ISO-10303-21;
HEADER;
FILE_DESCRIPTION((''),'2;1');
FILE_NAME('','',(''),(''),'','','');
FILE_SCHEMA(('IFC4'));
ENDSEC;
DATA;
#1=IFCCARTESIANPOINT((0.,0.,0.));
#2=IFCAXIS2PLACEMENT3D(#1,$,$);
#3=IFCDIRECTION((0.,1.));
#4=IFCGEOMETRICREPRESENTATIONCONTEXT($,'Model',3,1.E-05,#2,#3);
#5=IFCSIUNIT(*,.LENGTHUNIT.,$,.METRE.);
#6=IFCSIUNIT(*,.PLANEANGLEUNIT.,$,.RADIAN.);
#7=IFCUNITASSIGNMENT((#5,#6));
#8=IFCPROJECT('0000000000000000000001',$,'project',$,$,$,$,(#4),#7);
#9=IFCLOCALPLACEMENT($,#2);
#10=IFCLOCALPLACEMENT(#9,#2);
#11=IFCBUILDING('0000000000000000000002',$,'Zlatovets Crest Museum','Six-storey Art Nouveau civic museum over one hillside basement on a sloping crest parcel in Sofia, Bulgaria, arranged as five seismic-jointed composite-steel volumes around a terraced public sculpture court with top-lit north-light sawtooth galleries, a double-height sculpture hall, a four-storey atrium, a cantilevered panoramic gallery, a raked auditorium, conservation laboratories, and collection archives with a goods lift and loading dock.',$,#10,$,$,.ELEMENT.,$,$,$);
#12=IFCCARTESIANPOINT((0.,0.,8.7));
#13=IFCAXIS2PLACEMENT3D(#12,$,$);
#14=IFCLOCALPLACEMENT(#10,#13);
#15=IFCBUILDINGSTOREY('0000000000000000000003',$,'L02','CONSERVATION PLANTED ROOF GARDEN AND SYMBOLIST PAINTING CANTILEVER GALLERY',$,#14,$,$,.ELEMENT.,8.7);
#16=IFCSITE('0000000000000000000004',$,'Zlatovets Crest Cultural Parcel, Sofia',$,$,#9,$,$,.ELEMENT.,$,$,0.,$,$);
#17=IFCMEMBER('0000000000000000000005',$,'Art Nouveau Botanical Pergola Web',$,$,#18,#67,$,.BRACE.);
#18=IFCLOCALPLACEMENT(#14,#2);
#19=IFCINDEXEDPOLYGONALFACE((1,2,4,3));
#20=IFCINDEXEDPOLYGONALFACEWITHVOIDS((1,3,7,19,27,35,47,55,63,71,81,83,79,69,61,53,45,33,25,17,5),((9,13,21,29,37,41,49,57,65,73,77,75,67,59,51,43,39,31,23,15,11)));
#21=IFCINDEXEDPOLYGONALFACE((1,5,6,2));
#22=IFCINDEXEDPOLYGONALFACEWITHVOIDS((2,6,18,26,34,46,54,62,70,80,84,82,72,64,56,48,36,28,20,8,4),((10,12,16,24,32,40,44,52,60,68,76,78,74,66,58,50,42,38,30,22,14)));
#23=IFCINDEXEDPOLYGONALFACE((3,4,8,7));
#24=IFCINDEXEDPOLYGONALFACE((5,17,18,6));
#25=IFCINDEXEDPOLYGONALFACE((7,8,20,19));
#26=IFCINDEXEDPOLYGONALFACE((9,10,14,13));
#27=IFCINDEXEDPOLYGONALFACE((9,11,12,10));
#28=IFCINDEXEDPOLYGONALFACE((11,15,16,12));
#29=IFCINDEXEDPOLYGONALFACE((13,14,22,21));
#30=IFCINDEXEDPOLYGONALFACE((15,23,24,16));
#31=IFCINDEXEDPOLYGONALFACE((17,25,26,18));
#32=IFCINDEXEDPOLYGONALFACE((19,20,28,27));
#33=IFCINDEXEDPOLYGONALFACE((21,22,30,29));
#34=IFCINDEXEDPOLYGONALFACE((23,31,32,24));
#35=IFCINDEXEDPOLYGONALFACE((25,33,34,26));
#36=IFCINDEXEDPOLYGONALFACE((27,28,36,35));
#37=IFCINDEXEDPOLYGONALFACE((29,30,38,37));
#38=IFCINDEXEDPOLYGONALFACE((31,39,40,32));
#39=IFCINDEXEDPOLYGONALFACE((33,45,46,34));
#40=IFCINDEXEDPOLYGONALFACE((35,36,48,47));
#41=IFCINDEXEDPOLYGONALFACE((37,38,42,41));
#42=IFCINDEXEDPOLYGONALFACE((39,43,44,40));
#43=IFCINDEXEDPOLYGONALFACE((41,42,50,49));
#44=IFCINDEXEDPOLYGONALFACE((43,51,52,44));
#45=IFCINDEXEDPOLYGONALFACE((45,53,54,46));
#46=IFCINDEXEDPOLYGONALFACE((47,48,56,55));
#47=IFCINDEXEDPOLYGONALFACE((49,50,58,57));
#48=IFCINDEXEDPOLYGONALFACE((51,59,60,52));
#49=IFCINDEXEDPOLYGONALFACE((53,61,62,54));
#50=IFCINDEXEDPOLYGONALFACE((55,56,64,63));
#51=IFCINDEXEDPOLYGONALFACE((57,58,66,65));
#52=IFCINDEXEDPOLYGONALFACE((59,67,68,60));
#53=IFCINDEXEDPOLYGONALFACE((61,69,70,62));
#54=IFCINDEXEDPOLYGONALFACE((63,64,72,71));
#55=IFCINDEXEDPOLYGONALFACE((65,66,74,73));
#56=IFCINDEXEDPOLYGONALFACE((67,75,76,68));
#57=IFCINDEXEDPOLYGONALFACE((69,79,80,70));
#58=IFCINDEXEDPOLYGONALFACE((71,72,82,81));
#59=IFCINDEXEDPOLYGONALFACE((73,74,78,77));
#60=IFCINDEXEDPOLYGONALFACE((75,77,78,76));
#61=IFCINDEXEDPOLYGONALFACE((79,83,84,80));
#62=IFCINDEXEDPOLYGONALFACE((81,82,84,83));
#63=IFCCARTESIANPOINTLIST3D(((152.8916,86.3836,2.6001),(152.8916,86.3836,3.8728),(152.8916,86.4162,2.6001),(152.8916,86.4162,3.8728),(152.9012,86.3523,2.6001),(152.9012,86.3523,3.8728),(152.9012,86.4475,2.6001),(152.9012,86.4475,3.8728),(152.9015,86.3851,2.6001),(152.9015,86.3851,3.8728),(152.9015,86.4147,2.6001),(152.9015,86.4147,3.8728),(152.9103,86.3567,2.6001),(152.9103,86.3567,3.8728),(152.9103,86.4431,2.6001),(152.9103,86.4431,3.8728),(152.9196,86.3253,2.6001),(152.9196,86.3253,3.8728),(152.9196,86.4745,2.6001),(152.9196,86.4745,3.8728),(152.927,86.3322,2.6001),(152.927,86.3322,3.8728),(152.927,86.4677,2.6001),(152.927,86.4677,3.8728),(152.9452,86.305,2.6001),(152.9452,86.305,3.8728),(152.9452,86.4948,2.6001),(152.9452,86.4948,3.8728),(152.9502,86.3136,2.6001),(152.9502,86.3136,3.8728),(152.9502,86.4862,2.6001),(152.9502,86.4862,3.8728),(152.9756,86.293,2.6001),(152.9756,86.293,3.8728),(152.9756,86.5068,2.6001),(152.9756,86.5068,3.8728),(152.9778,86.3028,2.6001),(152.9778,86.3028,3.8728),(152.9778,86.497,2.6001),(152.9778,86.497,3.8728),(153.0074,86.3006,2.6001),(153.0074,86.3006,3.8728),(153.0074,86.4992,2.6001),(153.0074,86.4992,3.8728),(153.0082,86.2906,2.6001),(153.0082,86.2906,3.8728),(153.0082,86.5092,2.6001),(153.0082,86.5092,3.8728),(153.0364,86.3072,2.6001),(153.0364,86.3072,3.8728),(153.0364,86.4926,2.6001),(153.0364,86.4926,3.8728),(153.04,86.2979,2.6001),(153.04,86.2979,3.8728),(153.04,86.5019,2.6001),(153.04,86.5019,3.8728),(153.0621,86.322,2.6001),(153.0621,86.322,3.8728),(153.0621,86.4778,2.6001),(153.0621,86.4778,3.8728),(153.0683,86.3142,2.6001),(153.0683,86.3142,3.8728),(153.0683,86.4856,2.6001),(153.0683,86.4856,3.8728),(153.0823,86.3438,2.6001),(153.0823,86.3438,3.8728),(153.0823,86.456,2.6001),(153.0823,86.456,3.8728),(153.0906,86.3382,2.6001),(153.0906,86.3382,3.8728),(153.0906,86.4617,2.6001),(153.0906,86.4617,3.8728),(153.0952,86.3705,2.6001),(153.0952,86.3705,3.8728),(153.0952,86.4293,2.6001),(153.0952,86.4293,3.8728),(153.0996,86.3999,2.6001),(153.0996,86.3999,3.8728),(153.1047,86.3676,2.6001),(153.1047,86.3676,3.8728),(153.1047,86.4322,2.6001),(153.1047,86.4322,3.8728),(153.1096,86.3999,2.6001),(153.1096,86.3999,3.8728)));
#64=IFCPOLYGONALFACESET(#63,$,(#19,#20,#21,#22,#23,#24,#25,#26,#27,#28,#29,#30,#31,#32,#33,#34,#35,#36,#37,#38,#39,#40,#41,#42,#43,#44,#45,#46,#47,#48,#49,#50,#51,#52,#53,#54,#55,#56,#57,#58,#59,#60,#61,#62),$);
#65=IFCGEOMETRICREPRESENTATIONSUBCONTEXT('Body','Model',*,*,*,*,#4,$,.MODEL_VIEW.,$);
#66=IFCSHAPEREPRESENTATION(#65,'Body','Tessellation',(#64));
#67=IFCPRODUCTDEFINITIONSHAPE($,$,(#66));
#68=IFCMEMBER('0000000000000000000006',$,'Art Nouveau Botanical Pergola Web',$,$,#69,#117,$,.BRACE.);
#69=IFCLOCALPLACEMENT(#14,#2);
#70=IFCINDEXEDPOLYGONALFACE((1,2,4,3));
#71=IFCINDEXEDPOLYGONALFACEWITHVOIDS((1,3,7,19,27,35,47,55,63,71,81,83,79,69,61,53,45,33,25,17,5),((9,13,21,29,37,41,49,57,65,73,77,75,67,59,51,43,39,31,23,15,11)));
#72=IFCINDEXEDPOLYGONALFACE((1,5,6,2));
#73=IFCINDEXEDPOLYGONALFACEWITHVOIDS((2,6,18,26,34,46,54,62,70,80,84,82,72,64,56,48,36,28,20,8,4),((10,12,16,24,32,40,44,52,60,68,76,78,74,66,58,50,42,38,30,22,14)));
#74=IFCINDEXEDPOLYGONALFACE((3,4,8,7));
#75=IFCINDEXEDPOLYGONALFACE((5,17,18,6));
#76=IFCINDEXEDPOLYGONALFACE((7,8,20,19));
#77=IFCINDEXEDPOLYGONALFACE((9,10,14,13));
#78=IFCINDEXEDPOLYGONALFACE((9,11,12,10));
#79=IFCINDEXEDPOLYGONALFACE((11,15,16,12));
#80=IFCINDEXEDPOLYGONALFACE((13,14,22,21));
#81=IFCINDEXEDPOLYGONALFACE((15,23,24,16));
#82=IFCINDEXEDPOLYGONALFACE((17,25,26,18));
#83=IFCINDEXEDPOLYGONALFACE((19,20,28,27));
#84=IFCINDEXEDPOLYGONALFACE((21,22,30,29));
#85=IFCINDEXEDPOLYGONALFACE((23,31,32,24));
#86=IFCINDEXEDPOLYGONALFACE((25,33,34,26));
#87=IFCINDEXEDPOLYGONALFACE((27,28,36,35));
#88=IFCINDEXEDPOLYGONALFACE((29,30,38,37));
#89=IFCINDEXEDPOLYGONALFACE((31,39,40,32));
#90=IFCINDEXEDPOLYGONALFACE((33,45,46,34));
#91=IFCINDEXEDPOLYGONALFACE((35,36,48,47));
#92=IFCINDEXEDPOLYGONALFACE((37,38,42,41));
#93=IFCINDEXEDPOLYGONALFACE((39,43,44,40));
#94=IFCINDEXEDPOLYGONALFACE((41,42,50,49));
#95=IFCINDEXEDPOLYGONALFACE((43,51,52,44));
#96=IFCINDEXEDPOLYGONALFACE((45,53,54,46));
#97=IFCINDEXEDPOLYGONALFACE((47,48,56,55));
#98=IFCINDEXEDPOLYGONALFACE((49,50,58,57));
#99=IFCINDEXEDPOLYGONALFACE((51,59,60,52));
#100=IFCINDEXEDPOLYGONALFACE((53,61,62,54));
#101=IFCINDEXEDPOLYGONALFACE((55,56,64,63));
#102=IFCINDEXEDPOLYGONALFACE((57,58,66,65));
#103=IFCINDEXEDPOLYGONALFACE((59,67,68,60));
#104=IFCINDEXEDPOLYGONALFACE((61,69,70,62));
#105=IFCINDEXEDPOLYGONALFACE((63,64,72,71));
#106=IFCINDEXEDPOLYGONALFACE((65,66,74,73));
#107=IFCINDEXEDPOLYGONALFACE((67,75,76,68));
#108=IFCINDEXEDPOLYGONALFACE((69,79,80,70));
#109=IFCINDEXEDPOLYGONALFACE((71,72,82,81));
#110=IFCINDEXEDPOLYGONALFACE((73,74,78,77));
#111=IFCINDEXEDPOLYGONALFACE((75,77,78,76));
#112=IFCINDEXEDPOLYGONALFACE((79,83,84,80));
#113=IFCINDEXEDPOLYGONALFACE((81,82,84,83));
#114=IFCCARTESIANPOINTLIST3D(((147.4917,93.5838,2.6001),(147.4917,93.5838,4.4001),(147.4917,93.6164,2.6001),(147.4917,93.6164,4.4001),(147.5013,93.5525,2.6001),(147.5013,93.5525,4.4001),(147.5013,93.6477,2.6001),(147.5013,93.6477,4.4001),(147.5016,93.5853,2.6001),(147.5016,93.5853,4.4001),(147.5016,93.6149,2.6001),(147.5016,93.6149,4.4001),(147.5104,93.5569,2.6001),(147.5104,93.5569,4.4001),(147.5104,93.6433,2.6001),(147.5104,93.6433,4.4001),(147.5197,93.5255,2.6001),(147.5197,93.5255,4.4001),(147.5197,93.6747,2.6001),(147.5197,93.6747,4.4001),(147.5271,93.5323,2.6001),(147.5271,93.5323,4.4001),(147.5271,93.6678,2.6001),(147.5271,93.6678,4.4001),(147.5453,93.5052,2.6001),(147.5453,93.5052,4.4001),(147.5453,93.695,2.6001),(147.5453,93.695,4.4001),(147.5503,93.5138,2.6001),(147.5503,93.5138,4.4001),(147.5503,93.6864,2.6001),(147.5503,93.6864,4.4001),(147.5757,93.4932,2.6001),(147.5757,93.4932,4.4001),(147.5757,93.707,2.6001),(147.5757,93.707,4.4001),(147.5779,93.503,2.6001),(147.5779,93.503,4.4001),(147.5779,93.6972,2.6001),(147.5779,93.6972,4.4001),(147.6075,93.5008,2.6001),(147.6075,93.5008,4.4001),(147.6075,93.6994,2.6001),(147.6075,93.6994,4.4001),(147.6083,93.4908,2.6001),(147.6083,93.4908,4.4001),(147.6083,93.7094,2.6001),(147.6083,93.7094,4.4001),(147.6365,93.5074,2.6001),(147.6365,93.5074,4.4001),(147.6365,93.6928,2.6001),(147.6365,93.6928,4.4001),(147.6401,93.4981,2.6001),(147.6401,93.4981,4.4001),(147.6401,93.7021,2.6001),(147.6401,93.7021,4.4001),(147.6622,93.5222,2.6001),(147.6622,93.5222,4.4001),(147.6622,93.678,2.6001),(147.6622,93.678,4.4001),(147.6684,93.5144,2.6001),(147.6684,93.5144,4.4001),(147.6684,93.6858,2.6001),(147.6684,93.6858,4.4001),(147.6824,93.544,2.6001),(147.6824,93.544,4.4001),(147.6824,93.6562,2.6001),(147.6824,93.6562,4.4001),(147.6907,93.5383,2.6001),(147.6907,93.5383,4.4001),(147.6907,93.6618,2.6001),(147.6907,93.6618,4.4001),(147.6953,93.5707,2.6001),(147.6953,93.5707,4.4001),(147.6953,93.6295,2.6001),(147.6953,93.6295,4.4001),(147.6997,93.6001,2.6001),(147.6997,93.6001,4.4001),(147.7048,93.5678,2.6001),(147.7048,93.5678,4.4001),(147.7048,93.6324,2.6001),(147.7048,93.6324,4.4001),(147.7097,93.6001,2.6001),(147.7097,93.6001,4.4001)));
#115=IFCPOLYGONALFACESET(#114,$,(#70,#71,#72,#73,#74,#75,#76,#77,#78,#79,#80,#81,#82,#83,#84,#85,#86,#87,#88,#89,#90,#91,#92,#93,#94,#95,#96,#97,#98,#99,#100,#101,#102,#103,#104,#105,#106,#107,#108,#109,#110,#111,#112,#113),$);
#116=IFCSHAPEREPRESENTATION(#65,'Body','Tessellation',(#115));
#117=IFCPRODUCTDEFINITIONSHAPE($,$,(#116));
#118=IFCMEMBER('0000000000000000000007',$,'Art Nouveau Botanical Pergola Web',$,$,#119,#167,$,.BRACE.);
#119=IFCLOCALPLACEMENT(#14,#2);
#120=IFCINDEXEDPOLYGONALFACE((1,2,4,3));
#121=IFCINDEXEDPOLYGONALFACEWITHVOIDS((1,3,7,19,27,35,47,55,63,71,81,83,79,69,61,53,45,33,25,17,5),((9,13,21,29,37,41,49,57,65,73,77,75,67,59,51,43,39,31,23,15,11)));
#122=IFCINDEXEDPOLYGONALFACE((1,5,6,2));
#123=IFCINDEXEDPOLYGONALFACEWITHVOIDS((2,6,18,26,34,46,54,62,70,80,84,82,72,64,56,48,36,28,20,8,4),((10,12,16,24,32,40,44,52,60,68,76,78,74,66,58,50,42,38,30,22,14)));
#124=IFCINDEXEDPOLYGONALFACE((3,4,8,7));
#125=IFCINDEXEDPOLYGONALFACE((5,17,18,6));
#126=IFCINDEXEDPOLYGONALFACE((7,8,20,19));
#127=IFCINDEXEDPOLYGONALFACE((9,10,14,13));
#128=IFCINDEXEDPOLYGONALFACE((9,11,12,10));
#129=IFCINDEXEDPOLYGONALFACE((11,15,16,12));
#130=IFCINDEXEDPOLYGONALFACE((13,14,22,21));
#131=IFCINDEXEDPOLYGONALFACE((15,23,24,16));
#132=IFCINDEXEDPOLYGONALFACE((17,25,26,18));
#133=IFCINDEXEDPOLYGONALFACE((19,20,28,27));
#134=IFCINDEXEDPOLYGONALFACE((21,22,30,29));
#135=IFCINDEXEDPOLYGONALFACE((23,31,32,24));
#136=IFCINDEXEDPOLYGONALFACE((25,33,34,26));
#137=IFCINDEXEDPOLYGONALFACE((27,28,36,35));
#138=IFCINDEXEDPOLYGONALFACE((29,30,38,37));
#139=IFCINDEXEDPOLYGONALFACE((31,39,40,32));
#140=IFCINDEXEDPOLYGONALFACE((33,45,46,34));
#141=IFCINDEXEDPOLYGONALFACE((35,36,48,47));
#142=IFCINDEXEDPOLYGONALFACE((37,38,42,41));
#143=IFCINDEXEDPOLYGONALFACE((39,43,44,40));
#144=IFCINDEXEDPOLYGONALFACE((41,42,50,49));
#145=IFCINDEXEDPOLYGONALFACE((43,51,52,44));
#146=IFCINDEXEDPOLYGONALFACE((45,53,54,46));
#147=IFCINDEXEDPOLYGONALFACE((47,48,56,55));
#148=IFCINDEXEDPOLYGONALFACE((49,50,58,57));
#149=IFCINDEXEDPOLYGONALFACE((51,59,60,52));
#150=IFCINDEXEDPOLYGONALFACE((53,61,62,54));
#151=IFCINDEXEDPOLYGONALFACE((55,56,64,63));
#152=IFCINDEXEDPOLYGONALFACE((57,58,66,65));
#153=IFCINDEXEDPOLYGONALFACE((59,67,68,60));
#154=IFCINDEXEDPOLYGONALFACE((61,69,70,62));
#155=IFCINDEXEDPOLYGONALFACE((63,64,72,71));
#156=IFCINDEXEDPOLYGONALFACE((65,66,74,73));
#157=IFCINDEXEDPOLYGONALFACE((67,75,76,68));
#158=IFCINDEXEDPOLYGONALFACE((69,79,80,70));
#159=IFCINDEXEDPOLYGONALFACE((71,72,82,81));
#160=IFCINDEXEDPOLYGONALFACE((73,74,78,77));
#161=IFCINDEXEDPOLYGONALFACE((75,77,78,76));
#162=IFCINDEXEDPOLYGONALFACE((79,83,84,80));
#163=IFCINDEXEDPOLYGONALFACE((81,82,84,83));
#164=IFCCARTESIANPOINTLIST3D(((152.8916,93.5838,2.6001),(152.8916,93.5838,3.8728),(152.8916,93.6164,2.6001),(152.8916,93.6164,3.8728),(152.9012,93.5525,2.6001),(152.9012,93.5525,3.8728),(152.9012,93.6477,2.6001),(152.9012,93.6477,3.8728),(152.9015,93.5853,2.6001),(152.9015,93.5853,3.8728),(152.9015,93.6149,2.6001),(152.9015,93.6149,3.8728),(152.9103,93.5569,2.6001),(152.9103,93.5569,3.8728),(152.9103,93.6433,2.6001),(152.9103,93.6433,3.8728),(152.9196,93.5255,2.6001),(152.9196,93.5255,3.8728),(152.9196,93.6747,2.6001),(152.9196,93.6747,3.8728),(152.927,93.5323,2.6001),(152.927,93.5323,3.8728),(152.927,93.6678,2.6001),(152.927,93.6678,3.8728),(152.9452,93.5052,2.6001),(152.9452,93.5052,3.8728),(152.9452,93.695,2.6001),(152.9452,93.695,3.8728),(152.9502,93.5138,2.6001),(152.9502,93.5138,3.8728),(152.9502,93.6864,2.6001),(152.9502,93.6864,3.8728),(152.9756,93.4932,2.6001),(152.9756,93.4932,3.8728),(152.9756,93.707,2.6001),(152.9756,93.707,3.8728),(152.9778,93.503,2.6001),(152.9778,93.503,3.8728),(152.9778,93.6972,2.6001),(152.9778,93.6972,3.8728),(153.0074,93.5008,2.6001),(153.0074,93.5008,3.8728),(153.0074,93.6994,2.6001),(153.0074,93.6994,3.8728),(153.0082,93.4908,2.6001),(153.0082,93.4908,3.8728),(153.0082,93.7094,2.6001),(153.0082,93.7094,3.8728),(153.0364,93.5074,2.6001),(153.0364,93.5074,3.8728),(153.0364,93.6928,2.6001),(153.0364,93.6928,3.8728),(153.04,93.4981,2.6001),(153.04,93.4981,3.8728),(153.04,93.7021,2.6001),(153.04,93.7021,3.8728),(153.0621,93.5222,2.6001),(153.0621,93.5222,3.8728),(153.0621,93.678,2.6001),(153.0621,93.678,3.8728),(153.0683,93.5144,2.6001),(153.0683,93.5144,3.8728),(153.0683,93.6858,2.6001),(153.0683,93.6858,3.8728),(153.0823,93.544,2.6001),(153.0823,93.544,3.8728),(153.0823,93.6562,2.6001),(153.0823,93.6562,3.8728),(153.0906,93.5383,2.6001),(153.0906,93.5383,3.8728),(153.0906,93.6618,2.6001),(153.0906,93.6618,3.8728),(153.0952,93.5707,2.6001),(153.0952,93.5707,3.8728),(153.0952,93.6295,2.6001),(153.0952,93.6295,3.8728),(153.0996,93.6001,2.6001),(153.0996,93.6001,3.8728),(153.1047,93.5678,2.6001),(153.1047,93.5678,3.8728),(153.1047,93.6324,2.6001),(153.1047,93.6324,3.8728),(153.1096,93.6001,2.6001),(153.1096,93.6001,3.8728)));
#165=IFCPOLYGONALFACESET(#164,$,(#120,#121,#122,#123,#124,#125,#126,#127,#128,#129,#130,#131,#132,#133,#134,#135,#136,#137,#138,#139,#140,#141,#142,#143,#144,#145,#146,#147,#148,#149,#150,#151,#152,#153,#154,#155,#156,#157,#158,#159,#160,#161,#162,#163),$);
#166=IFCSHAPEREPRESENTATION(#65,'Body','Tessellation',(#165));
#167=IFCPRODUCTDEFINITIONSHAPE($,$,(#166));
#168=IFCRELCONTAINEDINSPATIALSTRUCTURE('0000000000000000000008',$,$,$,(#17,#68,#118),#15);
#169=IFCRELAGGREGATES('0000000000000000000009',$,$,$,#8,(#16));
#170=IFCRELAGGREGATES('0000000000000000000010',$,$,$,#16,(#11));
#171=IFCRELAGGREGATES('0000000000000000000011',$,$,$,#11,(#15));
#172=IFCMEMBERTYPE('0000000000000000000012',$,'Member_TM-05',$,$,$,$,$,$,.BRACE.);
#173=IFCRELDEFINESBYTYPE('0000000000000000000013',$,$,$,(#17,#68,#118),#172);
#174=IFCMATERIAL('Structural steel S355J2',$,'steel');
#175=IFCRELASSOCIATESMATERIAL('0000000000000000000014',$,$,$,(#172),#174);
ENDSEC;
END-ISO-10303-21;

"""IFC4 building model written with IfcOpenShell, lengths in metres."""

from ifc_helpers import new_model, si_unit, direction, frame, origin, origin_2d, place, context, subcontext, project, spatial, hollow_circle, extrude, material, material_profile, profile_set, type_object, element, save


model = new_model("IFC4")

# Units and contexts
model_context = context("Model", 3, precision=1e-05, world=origin(), true_north=direction((0.0, 1.0)))
body_context = subcontext(model_context, "Body", "Model", "MODEL_VIEW")
ifc_project = project(units=[si_unit("LENGTHUNIT", "METRE"), si_unit("PLANEANGLEUNIT", "RADIAN")], contexts=[model_context])

# Site, building, storey
site_placement = place(None, origin())
site = spatial("IfcSite", under=ifc_project, at=site_placement, Name="Zlatovets Crest Cultural Parcel, Sofia", CompositionType="ELEMENT", RefElevation=0.0)
building_placement = place(site_placement, origin())
building = spatial("IfcBuilding", under=site, at=building_placement, Name="Zlatovets Crest Museum", Description="Six-storey Art Nouveau civic museum over one hillside basement on a sloping crest parcel in Sofia, Bulgaria, arranged as five seismic-jointed composite-steel volumes around a terraced public sculpture court with top-lit north-light sawtooth galleries, a double-height sculpture hall, a four-storey atrium, a cantilevered panoramic gallery, a raked auditorium, conservation laboratories, and collection archives with a goods lift and loading dock.", CompositionType="ELEMENT")
storey_placement = place(building_placement, frame((0.0, 0.0, 8.7)))
storey = spatial("IfcBuildingStorey", under=building, at=storey_placement, Name="L02", Description="CONSERVATION PLANTED ROOF GARDEN AND SYMBOLIST PAINTING CANTILEVER GALLERY", CompositionType="ELEMENT", Elevation=8.7)

# Shared definitions
ifc_material = material(Name="Structural steel S355J2", Category="steel")

# Members
ifc_material_profile_1 = material_profile(ifc_material, hollow_circle(Radius=0.1096, WallThickness=0.01, at=origin_2d()), Name="CHS 219.1x10.0")
ifc_profile_set_1 = profile_set([ifc_material_profile_1], Name="Structural steel S355J2")
member_type_1 = type_object("IfcMemberType", Name="Member_TM-05", PredefinedType="BRACE", material=ifc_profile_set_1)
for number, where, z_axis, x_axis, name in (
    (1, (153.0, 86.3999, 2.6001), (0.0, 0.0, 1.0), (1.0, 0.0, 0.0), "Art Nouveau Botanical Pergola Web"),
):
    element("IfcMember", number, at=place(storey_placement, frame(where, z_axis=z_axis, x_axis=x_axis)), inside=storey, type_object=member_type_1, Name=name, PredefinedType="BRACE", context=body_context, shape_type="SweptSolid", body=[
        extrude(hollow_circle(Radius=0.1096, WallThickness=0.01, at=origin_2d()), origin(), (0.0, 0.0, 1.0), 1.2727),
    ])
member_1_placement = place(storey_placement, frame((147.6001, 93.6001, 2.6001), z_axis=(0.0, 0.0, 1.0), x_axis=(1.0, 0.0, 0.0)))
element("IfcMember", 2, at=member_1_placement, inside=storey, type_object=member_type_1, Name="Art Nouveau Botanical Pergola Web", PredefinedType="BRACE", context=body_context, shape_type="SweptSolid", body=[
    extrude(hollow_circle(Radius=0.1096, WallThickness=0.01, at=origin_2d()), origin(), (0.0, 0.0, 1.0), 1.8),
])
member_2_placement = place(storey_placement, frame((153.0, 93.6001, 2.6001), z_axis=(0.0, 0.0, 1.0), x_axis=(1.0, 0.0, 0.0)))
element("IfcMember", 3, at=member_2_placement, inside=storey, type_object=member_type_1, Name="Art Nouveau Botanical Pergola Web", PredefinedType="BRACE", context=body_context, shape_type="SweptSolid", body=[
    extrude(hollow_circle(Radius=0.1096, WallThickness=0.01, at=origin_2d()), origin(), (0.0, 0.0, 1.0), 1.2727),
])

save(model, "model.ifc")
